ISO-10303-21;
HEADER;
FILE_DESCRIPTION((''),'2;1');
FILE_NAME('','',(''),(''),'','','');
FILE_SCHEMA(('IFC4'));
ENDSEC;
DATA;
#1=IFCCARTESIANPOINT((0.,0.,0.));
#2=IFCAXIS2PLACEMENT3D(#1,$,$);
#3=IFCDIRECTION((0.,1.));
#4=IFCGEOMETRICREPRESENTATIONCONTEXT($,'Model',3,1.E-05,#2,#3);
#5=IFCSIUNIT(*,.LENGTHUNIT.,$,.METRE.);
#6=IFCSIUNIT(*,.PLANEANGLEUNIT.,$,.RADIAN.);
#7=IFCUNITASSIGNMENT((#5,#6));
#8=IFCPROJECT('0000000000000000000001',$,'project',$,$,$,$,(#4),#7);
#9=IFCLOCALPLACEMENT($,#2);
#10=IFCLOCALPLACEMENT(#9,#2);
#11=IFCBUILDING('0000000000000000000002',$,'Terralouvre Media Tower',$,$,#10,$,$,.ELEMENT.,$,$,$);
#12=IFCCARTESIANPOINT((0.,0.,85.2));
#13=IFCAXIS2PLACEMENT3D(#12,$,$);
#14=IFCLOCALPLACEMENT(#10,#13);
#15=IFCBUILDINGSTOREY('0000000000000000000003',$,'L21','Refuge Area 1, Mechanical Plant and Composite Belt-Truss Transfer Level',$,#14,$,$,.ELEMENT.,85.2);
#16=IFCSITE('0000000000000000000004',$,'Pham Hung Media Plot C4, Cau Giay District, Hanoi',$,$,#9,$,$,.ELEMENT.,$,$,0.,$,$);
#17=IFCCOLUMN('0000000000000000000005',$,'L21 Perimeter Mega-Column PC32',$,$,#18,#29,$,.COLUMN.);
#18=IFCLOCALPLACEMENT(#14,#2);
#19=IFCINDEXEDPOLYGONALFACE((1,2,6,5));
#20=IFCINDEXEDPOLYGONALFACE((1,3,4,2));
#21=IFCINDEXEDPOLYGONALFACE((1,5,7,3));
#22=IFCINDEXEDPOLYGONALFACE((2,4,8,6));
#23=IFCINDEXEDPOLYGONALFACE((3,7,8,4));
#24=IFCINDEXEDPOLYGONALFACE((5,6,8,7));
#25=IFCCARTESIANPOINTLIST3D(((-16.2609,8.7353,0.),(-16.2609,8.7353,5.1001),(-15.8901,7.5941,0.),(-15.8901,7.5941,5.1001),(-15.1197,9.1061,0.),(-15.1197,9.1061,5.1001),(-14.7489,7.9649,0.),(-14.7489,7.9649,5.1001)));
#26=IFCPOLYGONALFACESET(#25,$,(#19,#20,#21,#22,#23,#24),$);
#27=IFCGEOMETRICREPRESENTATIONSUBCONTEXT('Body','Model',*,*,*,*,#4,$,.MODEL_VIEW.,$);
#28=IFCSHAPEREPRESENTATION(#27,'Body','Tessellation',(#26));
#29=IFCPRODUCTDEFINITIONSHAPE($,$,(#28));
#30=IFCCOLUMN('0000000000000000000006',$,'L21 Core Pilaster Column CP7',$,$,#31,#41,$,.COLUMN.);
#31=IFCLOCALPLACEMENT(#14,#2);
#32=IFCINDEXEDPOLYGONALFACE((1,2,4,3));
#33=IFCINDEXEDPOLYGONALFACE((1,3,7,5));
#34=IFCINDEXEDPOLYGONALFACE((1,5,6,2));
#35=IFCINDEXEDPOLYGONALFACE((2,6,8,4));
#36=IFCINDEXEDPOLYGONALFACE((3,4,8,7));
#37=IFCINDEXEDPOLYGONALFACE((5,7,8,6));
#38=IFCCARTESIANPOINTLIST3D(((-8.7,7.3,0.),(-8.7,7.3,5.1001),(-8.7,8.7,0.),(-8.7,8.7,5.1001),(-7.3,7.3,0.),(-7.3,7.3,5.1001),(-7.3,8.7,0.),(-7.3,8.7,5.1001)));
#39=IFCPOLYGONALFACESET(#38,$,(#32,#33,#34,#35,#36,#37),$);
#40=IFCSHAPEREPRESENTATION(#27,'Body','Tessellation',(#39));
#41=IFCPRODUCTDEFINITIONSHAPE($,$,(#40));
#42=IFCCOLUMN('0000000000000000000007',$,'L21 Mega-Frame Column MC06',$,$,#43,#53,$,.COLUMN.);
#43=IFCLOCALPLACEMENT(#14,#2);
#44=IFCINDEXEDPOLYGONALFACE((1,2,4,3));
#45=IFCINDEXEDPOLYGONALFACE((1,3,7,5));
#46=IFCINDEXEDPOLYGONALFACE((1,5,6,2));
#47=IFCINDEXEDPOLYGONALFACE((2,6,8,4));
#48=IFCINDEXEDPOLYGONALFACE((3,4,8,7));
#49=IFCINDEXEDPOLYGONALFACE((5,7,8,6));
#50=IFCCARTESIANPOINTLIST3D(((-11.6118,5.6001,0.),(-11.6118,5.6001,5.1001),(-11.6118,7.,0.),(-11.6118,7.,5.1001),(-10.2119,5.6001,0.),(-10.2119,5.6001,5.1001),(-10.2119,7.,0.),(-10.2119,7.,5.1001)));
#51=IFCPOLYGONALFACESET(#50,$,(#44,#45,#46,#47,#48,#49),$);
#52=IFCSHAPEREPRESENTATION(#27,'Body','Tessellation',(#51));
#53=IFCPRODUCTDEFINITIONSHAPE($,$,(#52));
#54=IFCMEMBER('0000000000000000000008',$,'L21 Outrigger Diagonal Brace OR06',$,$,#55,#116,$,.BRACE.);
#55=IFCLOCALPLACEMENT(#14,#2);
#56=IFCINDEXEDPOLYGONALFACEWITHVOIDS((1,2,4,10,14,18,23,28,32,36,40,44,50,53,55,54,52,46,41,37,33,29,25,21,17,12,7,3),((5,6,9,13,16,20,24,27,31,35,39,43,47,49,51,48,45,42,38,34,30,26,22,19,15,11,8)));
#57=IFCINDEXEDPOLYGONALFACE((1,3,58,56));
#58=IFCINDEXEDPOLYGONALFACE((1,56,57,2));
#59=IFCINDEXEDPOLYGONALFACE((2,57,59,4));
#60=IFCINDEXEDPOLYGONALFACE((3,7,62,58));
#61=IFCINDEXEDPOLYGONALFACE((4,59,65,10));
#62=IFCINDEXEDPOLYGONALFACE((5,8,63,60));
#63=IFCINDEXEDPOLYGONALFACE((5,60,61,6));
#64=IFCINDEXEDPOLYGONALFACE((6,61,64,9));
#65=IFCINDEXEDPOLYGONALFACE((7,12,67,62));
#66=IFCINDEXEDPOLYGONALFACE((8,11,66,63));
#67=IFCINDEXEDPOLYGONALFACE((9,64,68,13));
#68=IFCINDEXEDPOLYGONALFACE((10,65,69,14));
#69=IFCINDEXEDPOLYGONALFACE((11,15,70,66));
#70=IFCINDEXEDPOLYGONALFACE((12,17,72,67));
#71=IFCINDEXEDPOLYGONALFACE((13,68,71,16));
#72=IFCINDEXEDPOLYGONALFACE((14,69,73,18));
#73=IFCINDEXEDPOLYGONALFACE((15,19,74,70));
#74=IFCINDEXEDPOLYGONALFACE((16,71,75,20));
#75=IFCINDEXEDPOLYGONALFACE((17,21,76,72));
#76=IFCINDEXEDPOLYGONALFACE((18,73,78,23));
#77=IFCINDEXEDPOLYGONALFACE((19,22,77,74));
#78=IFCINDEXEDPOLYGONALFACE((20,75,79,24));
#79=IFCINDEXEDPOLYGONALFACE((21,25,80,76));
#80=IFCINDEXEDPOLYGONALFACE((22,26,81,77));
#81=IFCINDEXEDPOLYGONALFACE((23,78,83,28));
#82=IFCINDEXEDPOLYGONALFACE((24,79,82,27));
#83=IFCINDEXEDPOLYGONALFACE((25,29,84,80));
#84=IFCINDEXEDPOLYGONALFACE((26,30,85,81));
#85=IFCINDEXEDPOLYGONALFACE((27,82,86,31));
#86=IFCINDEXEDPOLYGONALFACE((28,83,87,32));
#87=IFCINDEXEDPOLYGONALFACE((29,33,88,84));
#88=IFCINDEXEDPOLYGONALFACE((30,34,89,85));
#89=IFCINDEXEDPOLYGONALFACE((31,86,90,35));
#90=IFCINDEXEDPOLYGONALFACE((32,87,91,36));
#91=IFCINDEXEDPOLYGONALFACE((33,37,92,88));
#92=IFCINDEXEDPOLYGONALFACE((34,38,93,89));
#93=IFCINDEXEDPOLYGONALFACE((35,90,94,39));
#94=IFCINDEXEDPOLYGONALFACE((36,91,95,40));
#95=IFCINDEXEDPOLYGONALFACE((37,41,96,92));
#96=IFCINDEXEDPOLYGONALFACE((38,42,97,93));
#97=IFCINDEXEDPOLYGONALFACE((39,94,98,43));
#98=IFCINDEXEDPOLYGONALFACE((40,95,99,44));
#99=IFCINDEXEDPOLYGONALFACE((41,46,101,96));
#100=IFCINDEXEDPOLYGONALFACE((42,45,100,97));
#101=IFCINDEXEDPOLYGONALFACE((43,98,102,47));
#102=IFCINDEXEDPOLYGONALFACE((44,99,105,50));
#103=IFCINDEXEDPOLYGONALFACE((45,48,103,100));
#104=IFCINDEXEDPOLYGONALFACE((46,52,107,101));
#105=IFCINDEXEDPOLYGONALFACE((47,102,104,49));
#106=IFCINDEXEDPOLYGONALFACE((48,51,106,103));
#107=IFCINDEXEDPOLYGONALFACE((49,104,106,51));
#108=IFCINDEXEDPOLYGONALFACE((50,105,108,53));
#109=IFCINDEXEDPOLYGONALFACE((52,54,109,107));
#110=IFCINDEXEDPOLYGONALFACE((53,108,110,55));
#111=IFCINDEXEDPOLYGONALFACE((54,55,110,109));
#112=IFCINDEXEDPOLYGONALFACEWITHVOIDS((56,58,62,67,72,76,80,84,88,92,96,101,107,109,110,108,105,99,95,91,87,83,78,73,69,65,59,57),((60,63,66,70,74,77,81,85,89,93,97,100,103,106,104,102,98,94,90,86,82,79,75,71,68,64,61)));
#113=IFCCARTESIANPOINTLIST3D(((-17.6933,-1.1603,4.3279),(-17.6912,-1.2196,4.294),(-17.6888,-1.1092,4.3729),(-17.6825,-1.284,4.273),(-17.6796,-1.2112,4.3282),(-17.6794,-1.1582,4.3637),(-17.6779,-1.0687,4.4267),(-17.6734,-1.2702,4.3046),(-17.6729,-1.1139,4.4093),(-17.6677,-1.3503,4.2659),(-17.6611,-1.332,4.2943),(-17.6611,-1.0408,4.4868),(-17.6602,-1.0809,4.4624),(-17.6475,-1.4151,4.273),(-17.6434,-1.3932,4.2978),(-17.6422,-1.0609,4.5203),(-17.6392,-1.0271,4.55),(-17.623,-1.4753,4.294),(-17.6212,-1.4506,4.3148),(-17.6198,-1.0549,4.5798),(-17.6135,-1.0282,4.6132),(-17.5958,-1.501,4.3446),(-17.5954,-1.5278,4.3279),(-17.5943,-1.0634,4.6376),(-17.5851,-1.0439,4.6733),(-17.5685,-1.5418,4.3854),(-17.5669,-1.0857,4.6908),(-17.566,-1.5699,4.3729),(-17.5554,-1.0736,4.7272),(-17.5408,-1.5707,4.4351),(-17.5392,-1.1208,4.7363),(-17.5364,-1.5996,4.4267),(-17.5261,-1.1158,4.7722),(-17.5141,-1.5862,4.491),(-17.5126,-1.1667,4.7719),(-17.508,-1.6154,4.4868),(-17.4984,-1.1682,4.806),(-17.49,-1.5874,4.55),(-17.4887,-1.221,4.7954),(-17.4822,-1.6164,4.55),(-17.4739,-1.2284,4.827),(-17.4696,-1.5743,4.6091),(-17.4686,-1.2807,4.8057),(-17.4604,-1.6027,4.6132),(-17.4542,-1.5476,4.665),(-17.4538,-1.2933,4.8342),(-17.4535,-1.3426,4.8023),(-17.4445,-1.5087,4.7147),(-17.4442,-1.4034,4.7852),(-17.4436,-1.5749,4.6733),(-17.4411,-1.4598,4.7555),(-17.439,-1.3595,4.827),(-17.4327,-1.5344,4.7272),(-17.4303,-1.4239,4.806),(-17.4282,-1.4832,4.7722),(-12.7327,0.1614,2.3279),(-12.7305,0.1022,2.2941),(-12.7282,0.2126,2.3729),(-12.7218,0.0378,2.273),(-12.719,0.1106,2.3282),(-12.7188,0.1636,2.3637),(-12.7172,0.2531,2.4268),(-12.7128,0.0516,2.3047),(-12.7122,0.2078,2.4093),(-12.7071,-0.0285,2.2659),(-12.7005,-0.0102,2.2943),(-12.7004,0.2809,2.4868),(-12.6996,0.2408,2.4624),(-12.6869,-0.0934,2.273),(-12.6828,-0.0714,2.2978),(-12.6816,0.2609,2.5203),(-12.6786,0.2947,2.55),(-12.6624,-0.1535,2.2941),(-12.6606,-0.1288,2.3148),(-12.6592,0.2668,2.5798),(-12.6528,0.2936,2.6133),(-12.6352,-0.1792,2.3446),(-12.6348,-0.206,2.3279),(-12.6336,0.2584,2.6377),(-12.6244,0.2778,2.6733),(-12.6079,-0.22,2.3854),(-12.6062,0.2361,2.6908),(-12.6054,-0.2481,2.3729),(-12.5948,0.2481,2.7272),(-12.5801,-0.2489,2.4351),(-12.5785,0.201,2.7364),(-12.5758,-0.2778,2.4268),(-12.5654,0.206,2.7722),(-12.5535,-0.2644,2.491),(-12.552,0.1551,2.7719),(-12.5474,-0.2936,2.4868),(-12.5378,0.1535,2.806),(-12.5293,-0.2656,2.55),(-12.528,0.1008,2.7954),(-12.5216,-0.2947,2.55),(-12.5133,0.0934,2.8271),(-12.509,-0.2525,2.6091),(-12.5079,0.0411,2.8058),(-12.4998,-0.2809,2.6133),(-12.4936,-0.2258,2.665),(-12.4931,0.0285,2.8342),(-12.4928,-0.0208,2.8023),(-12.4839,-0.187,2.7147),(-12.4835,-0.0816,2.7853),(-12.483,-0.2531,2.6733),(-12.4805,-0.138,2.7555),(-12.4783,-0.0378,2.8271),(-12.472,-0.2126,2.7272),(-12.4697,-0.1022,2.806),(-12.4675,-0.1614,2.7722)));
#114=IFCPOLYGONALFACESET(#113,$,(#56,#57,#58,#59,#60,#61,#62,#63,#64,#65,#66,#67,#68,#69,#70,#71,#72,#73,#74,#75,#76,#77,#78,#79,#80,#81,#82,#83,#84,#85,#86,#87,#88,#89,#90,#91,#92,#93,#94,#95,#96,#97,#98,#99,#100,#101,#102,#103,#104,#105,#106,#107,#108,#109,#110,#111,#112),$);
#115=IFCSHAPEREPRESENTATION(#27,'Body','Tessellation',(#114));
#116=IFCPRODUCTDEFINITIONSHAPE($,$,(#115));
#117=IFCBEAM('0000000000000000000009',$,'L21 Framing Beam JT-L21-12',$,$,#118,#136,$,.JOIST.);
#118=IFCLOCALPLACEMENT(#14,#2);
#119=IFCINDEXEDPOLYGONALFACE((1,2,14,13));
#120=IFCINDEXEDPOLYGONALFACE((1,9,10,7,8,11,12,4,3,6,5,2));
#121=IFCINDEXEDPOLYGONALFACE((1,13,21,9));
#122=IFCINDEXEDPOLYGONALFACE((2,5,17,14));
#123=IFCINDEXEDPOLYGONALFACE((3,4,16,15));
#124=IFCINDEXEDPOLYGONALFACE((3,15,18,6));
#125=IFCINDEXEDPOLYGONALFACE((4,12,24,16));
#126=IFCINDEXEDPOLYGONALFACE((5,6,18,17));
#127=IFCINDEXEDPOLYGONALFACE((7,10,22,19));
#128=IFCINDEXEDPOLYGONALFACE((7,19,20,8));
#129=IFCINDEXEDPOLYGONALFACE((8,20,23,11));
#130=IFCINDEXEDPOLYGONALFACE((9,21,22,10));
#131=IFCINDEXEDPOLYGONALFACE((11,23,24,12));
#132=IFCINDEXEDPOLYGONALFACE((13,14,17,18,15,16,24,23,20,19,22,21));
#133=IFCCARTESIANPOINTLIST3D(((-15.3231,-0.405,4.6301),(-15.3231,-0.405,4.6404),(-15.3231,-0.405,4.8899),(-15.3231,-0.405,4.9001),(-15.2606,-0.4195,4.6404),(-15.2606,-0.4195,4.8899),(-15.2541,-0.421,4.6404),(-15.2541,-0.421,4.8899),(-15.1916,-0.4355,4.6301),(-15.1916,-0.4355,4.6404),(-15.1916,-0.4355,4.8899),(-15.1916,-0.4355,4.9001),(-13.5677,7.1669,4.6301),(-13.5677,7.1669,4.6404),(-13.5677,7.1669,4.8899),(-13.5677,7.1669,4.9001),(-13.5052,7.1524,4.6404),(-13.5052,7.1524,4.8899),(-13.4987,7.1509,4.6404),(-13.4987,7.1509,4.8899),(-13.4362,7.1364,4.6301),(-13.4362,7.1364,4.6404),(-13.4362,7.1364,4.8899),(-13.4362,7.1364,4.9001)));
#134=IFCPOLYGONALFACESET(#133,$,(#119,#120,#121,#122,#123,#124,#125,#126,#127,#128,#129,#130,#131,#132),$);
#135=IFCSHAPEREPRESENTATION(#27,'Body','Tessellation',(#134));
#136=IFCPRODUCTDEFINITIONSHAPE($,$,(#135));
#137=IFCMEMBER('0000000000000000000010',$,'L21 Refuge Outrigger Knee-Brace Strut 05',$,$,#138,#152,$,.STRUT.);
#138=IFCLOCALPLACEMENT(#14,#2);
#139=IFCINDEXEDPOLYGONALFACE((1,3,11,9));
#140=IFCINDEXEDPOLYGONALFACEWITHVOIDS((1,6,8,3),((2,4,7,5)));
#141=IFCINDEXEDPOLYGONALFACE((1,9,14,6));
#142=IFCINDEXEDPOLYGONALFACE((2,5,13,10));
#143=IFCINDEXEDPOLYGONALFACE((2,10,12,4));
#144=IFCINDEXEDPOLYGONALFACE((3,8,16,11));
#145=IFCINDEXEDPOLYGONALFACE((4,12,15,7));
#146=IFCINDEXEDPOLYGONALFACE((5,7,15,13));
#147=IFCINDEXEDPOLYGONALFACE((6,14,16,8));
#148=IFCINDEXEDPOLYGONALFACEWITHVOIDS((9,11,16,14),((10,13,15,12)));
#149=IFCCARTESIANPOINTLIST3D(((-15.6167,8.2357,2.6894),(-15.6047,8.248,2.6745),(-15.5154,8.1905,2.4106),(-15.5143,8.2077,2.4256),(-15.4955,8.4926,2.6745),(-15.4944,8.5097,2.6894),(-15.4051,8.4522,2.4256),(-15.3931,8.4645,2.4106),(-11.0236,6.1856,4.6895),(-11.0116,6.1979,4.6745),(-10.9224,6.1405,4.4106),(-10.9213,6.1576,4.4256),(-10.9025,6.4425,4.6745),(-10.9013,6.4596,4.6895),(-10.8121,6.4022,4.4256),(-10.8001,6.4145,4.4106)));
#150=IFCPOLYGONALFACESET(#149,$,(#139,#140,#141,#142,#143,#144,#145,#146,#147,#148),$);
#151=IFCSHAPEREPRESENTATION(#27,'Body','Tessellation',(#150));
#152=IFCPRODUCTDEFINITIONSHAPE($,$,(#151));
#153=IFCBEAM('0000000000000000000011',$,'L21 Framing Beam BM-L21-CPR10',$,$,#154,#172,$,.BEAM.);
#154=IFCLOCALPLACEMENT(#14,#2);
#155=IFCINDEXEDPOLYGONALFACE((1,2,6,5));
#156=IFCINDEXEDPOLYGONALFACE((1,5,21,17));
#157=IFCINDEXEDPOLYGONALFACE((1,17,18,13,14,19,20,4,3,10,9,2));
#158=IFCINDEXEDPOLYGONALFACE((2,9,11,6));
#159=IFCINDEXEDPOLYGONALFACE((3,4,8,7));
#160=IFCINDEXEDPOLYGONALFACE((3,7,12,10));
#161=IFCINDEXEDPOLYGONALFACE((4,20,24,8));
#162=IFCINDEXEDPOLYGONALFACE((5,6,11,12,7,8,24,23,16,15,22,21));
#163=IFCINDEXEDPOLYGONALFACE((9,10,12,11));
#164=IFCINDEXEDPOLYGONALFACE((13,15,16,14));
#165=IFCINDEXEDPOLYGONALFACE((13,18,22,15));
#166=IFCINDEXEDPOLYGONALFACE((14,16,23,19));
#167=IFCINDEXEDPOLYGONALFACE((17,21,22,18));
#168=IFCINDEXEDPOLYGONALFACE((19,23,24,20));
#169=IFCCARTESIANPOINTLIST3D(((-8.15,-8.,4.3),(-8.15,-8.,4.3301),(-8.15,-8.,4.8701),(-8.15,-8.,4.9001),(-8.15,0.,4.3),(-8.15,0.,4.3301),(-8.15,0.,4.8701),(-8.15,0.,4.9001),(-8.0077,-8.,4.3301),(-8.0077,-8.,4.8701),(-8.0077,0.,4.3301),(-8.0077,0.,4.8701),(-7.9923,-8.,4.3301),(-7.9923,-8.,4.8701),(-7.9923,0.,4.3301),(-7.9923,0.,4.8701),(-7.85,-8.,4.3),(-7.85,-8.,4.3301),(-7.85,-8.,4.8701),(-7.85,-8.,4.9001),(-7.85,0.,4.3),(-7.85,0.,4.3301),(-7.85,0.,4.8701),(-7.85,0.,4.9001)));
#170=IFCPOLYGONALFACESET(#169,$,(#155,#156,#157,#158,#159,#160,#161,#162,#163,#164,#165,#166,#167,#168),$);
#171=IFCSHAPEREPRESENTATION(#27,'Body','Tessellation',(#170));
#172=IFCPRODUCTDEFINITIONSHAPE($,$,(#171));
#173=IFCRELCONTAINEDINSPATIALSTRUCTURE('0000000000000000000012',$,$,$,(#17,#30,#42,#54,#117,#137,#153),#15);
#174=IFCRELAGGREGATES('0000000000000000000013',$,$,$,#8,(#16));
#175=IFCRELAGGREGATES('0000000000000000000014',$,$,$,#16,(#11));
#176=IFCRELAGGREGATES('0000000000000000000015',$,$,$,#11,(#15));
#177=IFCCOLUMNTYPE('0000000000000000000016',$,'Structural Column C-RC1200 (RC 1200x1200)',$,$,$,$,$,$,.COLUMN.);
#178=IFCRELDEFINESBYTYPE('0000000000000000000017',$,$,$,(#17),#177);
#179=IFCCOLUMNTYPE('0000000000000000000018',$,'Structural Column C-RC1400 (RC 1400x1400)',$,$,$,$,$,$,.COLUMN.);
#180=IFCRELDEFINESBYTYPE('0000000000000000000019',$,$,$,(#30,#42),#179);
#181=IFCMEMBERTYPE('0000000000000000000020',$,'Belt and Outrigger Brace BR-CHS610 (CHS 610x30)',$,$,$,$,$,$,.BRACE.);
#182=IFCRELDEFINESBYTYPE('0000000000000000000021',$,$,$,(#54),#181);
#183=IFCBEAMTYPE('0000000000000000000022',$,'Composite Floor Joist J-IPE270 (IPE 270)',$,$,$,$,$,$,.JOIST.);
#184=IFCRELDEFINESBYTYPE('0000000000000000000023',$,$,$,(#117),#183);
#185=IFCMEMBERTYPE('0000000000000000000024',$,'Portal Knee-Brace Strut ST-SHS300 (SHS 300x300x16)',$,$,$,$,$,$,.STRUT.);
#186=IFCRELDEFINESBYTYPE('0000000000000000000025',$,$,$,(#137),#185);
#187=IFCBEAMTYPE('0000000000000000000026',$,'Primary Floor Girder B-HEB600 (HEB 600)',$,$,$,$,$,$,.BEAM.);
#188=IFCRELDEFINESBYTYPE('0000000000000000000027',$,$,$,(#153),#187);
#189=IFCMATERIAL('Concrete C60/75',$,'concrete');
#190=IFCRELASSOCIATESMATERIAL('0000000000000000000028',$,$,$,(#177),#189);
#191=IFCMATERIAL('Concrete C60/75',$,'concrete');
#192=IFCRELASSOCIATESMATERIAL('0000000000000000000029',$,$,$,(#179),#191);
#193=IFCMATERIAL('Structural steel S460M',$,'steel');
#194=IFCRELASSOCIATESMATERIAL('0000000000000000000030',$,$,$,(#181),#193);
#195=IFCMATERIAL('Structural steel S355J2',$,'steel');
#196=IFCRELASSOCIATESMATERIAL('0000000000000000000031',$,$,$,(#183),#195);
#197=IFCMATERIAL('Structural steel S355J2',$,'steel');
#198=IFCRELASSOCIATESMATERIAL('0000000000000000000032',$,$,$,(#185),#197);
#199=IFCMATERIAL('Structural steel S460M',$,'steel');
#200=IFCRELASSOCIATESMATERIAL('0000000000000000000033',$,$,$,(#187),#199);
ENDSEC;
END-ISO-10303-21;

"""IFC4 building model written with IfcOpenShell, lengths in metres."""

from ifc_helpers import new_model, si_unit, direction, frame, origin, origin_2d, place, context, subcontext, project, spatial, rectangle, hollow_rectangle, hollow_circle, i_section, extrude, material, material_profile, profile_set, type_object, element, save


model = new_model("IFC4")

# Units and contexts
model_context = context("Model", 3, precision=1e-05, world=origin(), true_north=direction((0.0, 1.0)))
body_context = subcontext(model_context, "Body", "Model", "MODEL_VIEW")
ifc_project = project(units=[si_unit("LENGTHUNIT", "METRE"), si_unit("PLANEANGLEUNIT", "RADIAN")], contexts=[model_context])

# Site, building, storey
site_placement = place(None, origin())
site = spatial("IfcSite", under=ifc_project, at=site_placement, Name="Pham Hung Media Plot C4, Cau Giay District, Hanoi", CompositionType="ELEMENT", RefElevation=0.0)
building_placement = place(site_placement, origin())
building = spatial("IfcBuilding", under=site, at=building_placement, Name="Terralouvre Media Tower", CompositionType="ELEMENT")
storey_placement = place(building_placement, frame((0.0, 0.0, 85.2)))
storey = spatial("IfcBuildingStorey", under=building, at=storey_placement, Name="L21", Description="Refuge Area 1, Mechanical Plant and Composite Belt-Truss Transfer Level", CompositionType="ELEMENT", Elevation=85.2)

# Columns
ifc_material_1 = material(Name="Concrete C60/75", Category="concrete")
ifc_material_profile_1 = material_profile(ifc_material_1, rectangle(XDim=1.2, YDim=1.2, at=origin_2d()), Name="RC 1200x1200")
ifc_profile_set_1 = profile_set([ifc_material_profile_1], Name="Concrete C60/75")
column_type_1 = type_object("IfcColumnType", Name="Structural Column C-RC1200 (RC 1200x1200)", PredefinedType="COLUMN", material=ifc_profile_set_1)
column_placement = place(storey_placement, frame((-15.5049, 8.3501, 0.0), z_axis=(0.0, 0.0, 1.0), x_axis=(0.951057, 0.309017, 0.0)))
element("IfcColumn", 1, at=column_placement, inside=storey, type_object=column_type_1, Name="L21 Perimeter Mega-Column PC32", PredefinedType="COLUMN", context=body_context, shape_type="SweptSolid", body=[
    extrude(rectangle(XDim=1.2, YDim=1.2, at=origin_2d()), origin(), (0.0, 0.0, 1.0), 5.1001),
])
ifc_material_2 = material(Name="Concrete C60/75", Category="concrete")
ifc_material_profile_2 = material_profile(ifc_material_2, rectangle(XDim=1.3999, YDim=1.3999, at=origin_2d()), Name="RC 1400x1400")
ifc_profile_set_2 = profile_set([ifc_material_profile_2], Name="Concrete C60/75")
column_type_2 = type_object("IfcColumnType", Name="Structural Column C-RC1400 (RC 1400x1400)", PredefinedType="COLUMN", material=ifc_profile_set_2)
for number, where, z_axis, x_axis, name in (
    (2, (-8.0, 8.0, 0.0), (0.0, 0.0, 1.0), (1.0, 0.0, 0.0), "L21 Core Pilaster Column CP7"),
    (3, (-10.9119, 6.3, 0.0), (0.0, 0.0, 1.0), (1.0, 0.0, 0.0), "L21 Mega-Frame Column MC06"),
):
    element("IfcColumn", number, at=place(storey_placement, frame(where, z_axis=z_axis, x_axis=x_axis)), inside=storey, type_object=column_type_2, Name=name, PredefinedType="COLUMN", context=body_context, shape_type="SweptSolid", body=[
        extrude(rectangle(XDim=1.3999, YDim=1.3999, at=origin_2d()), origin(), (0.0, 0.0, 1.0), 5.1001),
    ])

# Member
ifc_material_3 = material(Name="Structural steel S460M", Category="steel")
ifc_material_profile_3 = material_profile(ifc_material_3, hollow_circle(Radius=0.3049, WallThickness=0.03, at=origin_2d()), Name="CHS 610x30")
ifc_profile_set_3 = profile_set([ifc_material_profile_3], Name="Structural steel S460M")
member_type_1 = type_object("IfcMemberType", Name="Belt and Outrigger Brace BR-CHS610 (CHS 610x30)", PredefinedType="BRACE", material=ifc_profile_set_3)
member_1_placement = place(storey_placement, frame((-12.6001, 0.0, 2.55), z_axis=(-0.900374, -0.239905, 0.363003), x_axis=(0.257467, -0.966287, 0.0)))
element("IfcMember", 4, at=member_1_placement, inside=storey, type_object=member_type_1, Name="L21 Outrigger Diagonal Brace OR06", PredefinedType="BRACE", context=body_context, shape_type="SweptSolid", body=[
    extrude(hollow_circle(Radius=0.3049, WallThickness=0.03, at=origin_2d()), origin(), (0.0, 0.0, 1.0), 5.5095),
])

# Beam
ifc_material_4 = material(Name="Structural steel S355J2", Category="steel")
ifc_material_profile_4 = material_profile(ifc_material_4, i_section(OverallWidth=0.135, OverallDepth=0.27, WebThickness=0.0066, FlangeThickness=0.0103, at=origin_2d()), Name="IPE 270")
ifc_profile_set_4 = profile_set([ifc_material_profile_4], Name="Structural steel S355J2")
beam_type_1 = type_object("IfcBeamType", Name="Composite Floor Joist J-IPE270 (IPE 270)", PredefinedType="JOIST", material=ifc_profile_set_4)
beam_1_placement = place(storey_placement, frame((-13.502, 7.1516, 4.7651), z_axis=(-0.225841, -0.974164, 0.0), x_axis=(0.974164, -0.225841, 0.0)))
element("IfcBeam", 5, at=beam_1_placement, inside=storey, type_object=beam_type_1, Name="L21 Framing Beam JT-L21-12", PredefinedType="JOIST", context=body_context, shape_type="SweptSolid", body=[
    extrude(i_section(OverallWidth=0.135, OverallDepth=0.27, WebThickness=0.0066, FlangeThickness=0.0103, at=origin_2d()), origin(), (0.0, 0.0, 1.0), 7.7727),
])

# Member
ifc_material_5 = material(Name="Structural steel S355J2", Category="steel")
ifc_material_profile_5 = material_profile(ifc_material_5, hollow_rectangle(XDim=0.3, YDim=0.3, WallThickness=0.0161, at=origin_2d()), Name="SHS 300x300x16")
ifc_profile_set_5 = profile_set([ifc_material_profile_5], Name="Structural steel S355J2")
member_type_2 = type_object("IfcMemberType", Name="Portal Knee-Brace Strut ST-SHS300 (SHS 300x300x16)", PredefinedType="STRUT", material=ifc_profile_set_5)
member_2_placement = place(storey_placement, frame((-10.9119, 6.3, 4.55), z_axis=(-0.848546, 0.37874, -0.369494), x_axis=(-0.407584, -0.913168, 0.0)))
element("IfcMember", 6, at=member_2_placement, inside=storey, type_object=member_type_2, Name="L21 Refuge Outrigger Knee-Brace Strut 05", PredefinedType="STRUT", context=body_context, shape_type="SweptSolid", body=[
    extrude(hollow_rectangle(XDim=0.3, YDim=0.3, WallThickness=0.0161, at=origin_2d()), origin(), (0.0, 0.0, 1.0), 5.4128),
])

# Beam
ifc_material_6 = material(Name="Structural steel S460M", Category="steel")
ifc_material_profile_6 = material_profile(ifc_material_6, i_section(OverallWidth=0.3, OverallDepth=0.6001, WebThickness=0.0154, FlangeThickness=0.03, at=origin_2d()), Name="HEB 600")
ifc_profile_set_6 = profile_set([ifc_material_profile_6], Name="Structural steel S460M")
beam_type_2 = type_object("IfcBeamType", Name="Primary Floor Girder B-HEB600 (HEB 600)", PredefinedType="BEAM", material=ifc_profile_set_6)
beam_2_placement = place(storey_placement, frame((-8.0, 0.0, 4.6001), z_axis=(0.0, -1.0, 0.0), x_axis=(1.0, 0.0, 0.0)))
element("IfcBeam", 7, at=beam_2_placement, inside=storey, type_object=beam_type_2, Name="L21 Framing Beam BM-L21-CPR10", PredefinedType="BEAM", context=body_context, shape_type="SweptSolid", body=[
    extrude(i_section(OverallWidth=0.3, OverallDepth=0.6001, WebThickness=0.0154, FlangeThickness=0.03, at=origin_2d()), origin(), (0.0, 0.0, 1.0), 8.0),
])

save(model, "model.ifc")
